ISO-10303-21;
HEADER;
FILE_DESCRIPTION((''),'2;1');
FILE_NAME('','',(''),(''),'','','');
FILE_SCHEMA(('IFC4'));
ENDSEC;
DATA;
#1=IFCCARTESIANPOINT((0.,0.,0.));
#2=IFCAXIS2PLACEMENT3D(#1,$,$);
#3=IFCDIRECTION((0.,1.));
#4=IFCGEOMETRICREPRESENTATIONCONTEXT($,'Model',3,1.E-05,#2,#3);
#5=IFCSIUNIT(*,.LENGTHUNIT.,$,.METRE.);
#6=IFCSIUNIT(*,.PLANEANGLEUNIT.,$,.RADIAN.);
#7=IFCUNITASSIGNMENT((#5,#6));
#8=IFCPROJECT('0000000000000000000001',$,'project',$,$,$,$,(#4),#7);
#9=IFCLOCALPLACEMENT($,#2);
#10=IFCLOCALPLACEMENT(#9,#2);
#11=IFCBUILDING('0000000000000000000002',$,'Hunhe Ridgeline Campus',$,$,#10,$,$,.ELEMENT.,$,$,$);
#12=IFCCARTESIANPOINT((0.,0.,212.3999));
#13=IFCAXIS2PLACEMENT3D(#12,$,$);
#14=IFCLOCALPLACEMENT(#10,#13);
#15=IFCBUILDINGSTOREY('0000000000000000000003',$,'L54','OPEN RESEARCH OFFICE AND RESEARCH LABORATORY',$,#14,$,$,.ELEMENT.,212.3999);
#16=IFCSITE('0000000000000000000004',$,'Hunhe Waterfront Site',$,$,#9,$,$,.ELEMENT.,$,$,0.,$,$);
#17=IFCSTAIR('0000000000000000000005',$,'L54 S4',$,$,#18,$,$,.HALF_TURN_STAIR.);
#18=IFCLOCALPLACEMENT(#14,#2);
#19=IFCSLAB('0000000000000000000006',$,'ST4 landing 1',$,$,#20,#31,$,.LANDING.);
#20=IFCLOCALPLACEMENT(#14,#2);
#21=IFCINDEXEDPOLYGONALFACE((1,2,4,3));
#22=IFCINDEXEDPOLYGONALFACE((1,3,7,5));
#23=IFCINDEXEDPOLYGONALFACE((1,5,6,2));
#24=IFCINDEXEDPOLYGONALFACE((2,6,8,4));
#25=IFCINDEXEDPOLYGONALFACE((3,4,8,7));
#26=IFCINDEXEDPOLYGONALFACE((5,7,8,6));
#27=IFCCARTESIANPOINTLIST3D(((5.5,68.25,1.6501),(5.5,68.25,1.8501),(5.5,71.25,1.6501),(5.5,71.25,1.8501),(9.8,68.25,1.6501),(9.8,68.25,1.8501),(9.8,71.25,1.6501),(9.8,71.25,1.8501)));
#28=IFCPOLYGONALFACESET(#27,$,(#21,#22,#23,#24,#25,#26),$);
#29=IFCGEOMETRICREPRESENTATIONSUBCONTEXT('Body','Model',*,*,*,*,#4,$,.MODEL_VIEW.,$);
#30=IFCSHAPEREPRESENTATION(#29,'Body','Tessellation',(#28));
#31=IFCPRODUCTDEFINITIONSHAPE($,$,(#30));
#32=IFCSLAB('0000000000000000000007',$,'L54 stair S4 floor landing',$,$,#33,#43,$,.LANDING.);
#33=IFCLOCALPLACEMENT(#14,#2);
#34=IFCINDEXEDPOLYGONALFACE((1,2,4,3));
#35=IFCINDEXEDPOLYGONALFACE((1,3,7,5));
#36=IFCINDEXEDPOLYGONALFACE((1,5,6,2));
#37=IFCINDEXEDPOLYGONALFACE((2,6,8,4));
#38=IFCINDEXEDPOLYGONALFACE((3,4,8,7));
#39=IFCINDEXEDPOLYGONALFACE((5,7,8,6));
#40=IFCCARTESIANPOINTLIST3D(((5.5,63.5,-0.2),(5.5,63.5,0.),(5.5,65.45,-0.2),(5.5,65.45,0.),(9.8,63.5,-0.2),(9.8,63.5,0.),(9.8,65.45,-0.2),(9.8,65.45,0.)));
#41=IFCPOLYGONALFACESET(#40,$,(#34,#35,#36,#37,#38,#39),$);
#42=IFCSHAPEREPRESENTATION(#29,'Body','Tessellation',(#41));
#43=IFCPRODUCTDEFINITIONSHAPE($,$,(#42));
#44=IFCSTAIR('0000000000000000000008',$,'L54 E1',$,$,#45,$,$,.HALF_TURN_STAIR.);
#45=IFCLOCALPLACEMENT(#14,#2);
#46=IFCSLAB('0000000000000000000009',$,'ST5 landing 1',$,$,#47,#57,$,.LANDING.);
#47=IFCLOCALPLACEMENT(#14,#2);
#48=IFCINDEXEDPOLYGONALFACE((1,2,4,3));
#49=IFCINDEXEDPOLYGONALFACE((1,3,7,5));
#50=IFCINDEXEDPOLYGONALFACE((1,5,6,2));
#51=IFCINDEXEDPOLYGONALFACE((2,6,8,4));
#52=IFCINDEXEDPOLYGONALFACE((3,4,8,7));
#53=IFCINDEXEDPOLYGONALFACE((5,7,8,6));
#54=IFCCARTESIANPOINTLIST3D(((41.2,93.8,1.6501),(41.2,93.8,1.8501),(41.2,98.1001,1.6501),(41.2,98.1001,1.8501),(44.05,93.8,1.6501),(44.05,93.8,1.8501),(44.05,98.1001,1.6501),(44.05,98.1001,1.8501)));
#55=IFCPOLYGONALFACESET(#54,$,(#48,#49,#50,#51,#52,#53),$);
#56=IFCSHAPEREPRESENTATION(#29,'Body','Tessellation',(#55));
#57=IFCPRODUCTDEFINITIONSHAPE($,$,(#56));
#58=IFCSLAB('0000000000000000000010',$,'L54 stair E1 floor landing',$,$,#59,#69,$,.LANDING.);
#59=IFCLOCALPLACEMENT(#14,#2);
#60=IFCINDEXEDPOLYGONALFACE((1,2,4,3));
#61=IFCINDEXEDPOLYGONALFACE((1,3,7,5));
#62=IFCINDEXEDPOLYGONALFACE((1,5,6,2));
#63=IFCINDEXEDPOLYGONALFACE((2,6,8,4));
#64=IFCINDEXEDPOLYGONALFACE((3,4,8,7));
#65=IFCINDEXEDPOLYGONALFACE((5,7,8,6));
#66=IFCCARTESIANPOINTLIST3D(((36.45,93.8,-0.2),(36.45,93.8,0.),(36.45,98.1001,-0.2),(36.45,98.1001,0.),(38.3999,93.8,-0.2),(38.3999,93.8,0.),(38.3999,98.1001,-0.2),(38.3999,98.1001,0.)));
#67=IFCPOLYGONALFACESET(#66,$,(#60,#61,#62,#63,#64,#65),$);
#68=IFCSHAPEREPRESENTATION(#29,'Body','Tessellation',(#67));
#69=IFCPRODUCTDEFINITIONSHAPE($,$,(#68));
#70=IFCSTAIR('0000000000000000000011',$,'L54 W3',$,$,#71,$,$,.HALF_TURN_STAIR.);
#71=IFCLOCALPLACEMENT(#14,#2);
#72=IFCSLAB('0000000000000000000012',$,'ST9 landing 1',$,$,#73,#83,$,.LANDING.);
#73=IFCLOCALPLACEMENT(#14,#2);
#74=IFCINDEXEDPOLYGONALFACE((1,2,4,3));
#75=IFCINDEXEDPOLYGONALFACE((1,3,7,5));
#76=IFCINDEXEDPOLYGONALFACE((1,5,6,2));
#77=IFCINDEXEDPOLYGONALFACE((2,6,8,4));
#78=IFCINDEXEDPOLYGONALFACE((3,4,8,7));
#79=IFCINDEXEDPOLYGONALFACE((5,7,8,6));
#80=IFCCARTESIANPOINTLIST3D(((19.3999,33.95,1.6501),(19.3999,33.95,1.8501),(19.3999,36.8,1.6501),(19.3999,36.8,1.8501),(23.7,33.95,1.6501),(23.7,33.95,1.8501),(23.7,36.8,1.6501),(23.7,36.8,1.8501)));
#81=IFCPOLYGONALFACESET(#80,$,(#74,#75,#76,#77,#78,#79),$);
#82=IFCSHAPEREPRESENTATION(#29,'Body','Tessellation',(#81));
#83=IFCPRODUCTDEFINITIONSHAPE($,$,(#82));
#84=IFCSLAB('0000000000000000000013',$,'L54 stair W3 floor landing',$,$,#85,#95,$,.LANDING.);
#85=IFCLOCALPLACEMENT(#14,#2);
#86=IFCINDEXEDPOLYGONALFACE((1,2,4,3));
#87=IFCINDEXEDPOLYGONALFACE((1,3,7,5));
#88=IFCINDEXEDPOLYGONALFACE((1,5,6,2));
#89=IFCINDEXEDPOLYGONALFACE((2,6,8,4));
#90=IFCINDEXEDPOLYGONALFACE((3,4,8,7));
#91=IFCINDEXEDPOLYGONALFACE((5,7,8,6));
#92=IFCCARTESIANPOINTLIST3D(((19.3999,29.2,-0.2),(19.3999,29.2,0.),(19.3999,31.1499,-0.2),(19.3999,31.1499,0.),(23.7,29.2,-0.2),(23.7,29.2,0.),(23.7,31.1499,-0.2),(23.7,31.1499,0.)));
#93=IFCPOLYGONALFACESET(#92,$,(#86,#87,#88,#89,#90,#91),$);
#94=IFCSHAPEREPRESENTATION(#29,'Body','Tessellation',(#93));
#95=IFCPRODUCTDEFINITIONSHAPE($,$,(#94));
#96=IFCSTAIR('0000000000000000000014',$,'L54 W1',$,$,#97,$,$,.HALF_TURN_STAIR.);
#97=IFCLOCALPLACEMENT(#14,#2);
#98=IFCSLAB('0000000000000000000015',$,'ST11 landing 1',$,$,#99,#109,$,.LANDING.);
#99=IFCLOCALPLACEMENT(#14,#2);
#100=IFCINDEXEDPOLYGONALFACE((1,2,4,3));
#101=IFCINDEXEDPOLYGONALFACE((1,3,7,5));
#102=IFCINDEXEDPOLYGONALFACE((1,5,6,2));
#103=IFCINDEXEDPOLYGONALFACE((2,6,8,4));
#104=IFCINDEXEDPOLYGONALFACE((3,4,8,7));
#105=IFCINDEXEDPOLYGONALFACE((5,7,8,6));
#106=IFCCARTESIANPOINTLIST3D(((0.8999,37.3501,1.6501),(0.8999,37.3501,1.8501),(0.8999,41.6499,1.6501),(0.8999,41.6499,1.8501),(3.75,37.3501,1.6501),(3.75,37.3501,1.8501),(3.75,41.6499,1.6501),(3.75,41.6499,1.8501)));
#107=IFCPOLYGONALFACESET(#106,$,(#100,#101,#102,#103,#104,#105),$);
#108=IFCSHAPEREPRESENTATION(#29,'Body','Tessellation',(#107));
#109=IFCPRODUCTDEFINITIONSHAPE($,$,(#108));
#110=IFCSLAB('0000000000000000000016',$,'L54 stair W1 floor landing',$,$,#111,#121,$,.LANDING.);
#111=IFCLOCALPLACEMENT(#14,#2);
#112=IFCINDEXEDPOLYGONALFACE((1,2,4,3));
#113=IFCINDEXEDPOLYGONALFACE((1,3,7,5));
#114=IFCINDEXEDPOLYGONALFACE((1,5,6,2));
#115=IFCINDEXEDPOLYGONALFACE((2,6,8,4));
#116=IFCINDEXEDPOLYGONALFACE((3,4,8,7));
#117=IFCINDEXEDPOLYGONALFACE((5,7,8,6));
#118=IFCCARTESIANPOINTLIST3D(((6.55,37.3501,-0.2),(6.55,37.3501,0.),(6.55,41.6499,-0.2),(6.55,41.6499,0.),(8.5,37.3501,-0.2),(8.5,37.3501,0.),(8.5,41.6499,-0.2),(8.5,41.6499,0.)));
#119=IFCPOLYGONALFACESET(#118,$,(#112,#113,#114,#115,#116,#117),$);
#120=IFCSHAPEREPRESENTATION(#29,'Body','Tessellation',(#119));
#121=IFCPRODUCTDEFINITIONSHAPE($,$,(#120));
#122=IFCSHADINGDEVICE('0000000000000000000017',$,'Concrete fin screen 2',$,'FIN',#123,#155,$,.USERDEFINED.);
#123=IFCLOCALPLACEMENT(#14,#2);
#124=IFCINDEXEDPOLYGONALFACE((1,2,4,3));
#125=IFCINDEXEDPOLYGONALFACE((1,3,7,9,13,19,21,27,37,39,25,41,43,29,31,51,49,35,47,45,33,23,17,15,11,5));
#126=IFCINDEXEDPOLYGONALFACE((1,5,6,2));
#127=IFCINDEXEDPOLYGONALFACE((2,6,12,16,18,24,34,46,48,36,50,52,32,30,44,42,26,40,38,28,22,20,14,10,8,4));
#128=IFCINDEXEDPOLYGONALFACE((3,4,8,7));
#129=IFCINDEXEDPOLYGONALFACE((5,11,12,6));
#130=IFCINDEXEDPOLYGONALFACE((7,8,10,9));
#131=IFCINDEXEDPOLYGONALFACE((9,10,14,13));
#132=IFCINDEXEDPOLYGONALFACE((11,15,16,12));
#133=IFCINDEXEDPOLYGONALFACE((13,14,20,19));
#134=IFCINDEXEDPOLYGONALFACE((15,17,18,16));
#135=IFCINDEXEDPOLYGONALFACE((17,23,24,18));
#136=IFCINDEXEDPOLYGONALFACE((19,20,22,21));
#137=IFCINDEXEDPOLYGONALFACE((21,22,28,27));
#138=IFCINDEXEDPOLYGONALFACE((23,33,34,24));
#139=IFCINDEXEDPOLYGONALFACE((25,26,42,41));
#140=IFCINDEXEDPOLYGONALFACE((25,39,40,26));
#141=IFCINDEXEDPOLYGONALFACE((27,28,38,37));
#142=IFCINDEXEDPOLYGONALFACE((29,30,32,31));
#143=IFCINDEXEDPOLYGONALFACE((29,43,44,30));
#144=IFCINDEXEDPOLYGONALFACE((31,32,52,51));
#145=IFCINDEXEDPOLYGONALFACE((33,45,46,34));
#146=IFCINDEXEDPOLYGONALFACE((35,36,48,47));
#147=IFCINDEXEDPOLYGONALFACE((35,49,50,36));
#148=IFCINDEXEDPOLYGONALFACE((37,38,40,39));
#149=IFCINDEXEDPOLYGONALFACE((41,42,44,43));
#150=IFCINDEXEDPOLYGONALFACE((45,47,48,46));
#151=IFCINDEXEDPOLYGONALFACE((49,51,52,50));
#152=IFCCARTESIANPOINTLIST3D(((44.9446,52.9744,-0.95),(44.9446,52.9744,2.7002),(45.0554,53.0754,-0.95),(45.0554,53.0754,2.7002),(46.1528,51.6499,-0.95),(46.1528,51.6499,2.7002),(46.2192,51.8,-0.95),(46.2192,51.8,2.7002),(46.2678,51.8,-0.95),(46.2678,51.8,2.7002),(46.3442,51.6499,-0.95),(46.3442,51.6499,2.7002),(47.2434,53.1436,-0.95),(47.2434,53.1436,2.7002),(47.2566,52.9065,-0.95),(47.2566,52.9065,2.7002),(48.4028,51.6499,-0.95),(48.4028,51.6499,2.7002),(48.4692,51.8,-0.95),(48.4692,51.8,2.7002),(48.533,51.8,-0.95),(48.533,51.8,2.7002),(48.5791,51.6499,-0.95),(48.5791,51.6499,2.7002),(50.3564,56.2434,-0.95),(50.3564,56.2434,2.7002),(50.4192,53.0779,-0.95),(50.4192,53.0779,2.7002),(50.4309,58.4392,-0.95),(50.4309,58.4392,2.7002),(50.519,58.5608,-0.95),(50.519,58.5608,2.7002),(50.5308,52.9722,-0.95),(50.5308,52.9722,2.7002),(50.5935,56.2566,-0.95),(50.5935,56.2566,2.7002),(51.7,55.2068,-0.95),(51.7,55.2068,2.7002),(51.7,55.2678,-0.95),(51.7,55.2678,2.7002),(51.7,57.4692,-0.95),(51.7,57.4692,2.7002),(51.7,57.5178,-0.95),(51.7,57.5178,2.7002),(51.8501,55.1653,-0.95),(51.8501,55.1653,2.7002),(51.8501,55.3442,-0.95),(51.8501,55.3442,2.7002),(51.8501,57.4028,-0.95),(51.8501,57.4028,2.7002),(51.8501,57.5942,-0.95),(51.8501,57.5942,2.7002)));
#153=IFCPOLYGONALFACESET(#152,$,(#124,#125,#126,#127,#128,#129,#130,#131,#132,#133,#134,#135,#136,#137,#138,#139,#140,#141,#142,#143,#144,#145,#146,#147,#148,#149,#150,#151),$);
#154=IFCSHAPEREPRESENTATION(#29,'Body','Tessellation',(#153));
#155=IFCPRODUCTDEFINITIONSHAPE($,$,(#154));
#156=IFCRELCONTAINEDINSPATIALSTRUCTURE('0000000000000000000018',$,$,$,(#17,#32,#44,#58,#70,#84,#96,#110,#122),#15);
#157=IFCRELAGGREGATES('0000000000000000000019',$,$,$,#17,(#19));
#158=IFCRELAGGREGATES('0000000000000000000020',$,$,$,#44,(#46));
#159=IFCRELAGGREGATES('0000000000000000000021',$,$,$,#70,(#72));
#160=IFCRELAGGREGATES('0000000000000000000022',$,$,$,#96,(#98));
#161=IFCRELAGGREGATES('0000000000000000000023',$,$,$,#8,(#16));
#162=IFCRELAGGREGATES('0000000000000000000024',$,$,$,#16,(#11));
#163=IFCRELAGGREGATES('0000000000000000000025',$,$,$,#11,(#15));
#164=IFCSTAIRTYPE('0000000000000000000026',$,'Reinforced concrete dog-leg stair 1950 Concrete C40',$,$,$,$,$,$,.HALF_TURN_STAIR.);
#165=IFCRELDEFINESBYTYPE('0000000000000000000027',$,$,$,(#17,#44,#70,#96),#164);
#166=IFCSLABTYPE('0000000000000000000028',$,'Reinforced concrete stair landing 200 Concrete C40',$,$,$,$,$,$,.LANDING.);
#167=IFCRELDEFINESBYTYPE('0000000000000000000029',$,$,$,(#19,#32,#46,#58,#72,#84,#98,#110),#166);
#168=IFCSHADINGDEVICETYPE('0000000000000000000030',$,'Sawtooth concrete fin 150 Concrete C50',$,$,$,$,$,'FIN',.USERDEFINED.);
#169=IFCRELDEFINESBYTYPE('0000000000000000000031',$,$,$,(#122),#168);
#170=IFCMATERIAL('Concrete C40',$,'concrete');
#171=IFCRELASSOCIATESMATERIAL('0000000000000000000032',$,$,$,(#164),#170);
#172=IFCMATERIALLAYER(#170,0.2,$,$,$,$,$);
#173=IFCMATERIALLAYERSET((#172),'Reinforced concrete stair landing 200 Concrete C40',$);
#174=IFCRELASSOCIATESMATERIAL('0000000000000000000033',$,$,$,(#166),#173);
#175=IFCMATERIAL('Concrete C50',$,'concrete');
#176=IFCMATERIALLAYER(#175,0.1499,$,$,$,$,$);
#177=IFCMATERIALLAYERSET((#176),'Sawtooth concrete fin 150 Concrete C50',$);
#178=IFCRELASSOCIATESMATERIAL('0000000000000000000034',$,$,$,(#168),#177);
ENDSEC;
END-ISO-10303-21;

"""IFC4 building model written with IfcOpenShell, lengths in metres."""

from ifc_helpers import new_model, si_unit, direction, frame, origin, place, context, subcontext, project, spatial, polyline, outline, extrude, material, layer, layer_set, type_object, element, aggregate, save


model = new_model("IFC4")

# Units and contexts
model_context = context("Model", 3, precision=1e-05, world=origin(), true_north=direction((0.0, 1.0)))
body_context = subcontext(model_context, "Body", "Model", "MODEL_VIEW")
ifc_project = project(units=[si_unit("LENGTHUNIT", "METRE"), si_unit("PLANEANGLEUNIT", "RADIAN")], contexts=[model_context])

# Site, building, storey
site_placement = place(None, origin())
site = spatial("IfcSite", under=ifc_project, at=site_placement, Name="Hunhe Waterfront Site", CompositionType="ELEMENT", RefElevation=0.0)
building_placement = place(site_placement, origin())
building = spatial("IfcBuilding", under=site, at=building_placement, Name="Hunhe Ridgeline Campus", CompositionType="ELEMENT")
storey_placement = place(building_placement, frame((0.0, 0.0, 212.3999)))
storey = spatial("IfcBuildingStorey", under=building, at=storey_placement, Name="L54", Description="OPEN RESEARCH OFFICE AND RESEARCH LABORATORY", CompositionType="ELEMENT", Elevation=212.3999)

# Shared definitions
ifc_material_1 = material(Name="Concrete C40", Category="concrete")

# Shared definitions
stair_type = type_object("IfcStairType", Name="Reinforced concrete dog-leg stair 1950 Concrete C40", PredefinedType="HALF_TURN_STAIR", material=ifc_material_1)
ifc_layer_1 = layer(ifc_material_1, 0.2)
ifc_layer_set_1 = layer_set([ifc_layer_1], Name="Reinforced concrete stair landing 200 Concrete C40")
slab_type_1 = type_object("IfcSlabType", Name="Reinforced concrete stair landing 200 Concrete C40", PredefinedType="LANDING", material=ifc_layer_set_1)

# Stair, slab
stair_1_placement = place(storey_placement, origin())
stair_1 = element("IfcStair", 1, at=stair_1_placement, inside=storey, type_object=stair_type, Name="L54 S4", PredefinedType="HALF_TURN_STAIR")
slab_1_placement = place(storey_placement, frame((0.0, 0.0, 1.6501)))
slab_1 = element("IfcSlab", 2, at=slab_1_placement, type_object=slab_type_1, Name="ST4 landing 1", PredefinedType="LANDING", context=body_context, shape_type="SweptSolid", body=[
    extrude(outline(polyline([(9.8, 68.25), (9.8, 71.25), (5.5, 71.25), (5.5, 68.25), (9.8, 68.25)])), origin(), (0.0, 0.0, 1.0), 0.2),
])
aggregate(stair_1, [slab_1])

# Slab
slab_2_placement = place(storey_placement, frame((0.0, 0.0, -0.2)))
element("IfcSlab", 3, at=slab_2_placement, inside=storey, type_object=slab_type_1, Name="L54 stair S4 floor landing", PredefinedType="LANDING", context=body_context, shape_type="SweptSolid", body=[
    extrude(outline(polyline([(9.8, 63.5), (9.8, 65.45), (5.5, 65.45), (5.5, 63.5), (9.8, 63.5)])), origin(), (0.0, 0.0, 1.0), 0.2),
])

# Stair, slab
stair_2_placement = place(storey_placement, origin())
stair_2 = element("IfcStair", 4, at=stair_2_placement, inside=storey, type_object=stair_type, Name="L54 E1", PredefinedType="HALF_TURN_STAIR")
slab_3_placement = place(storey_placement, frame((0.0, 0.0, 1.6501)))
slab_3 = element("IfcSlab", 5, at=slab_3_placement, type_object=slab_type_1, Name="ST5 landing 1", PredefinedType="LANDING", context=body_context, shape_type="SweptSolid", body=[
    extrude(outline(polyline([(41.2, 93.8), (44.05, 93.8), (44.05, 98.1001), (41.2, 98.1001), (41.2, 93.8)])), origin(), (0.0, 0.0, 1.0), 0.2),
])
aggregate(stair_2, [slab_3])

# Slab
slab_4_placement = place(storey_placement, frame((0.0, 0.0, -0.2)))
element("IfcSlab", 6, at=slab_4_placement, inside=storey, type_object=slab_type_1, Name="L54 stair E1 floor landing", PredefinedType="LANDING", context=body_context, shape_type="SweptSolid", body=[
    extrude(outline(polyline([(36.45, 93.8), (38.3999, 93.8), (38.3999, 98.1001), (36.45, 98.1001), (36.45, 93.8)])), origin(), (0.0, 0.0, 1.0), 0.2),
])

# Stair, slab
stair_3_placement = place(storey_placement, origin())
stair_3 = element("IfcStair", 7, at=stair_3_placement, inside=storey, type_object=stair_type, Name="L54 W3", PredefinedType="HALF_TURN_STAIR")
slab_5_placement = place(storey_placement, frame((0.0, 0.0, 1.6501)))
slab_5 = element("IfcSlab", 8, at=slab_5_placement, type_object=slab_type_1, Name="ST9 landing 1", PredefinedType="LANDING", context=body_context, shape_type="SweptSolid", body=[
    extrude(outline(polyline([(23.7, 33.95), (23.7, 36.8), (19.3999, 36.8), (19.3999, 33.95), (23.7, 33.95)])), origin(), (0.0, 0.0, 1.0), 0.2),
])
aggregate(stair_3, [slab_5])

# Slab
slab_6_placement = place(storey_placement, frame((0.0, 0.0, -0.2)))
element("IfcSlab", 9, at=slab_6_placement, inside=storey, type_object=slab_type_1, Name="L54 stair W3 floor landing", PredefinedType="LANDING", context=body_context, shape_type="SweptSolid", body=[
    extrude(outline(polyline([(23.7, 29.2), (23.7, 31.1499), (19.3999, 31.1499), (19.3999, 29.2), (23.7, 29.2)])), origin(), (0.0, 0.0, 1.0), 0.2),
])

# Stair, slab
stair_4_placement = place(storey_placement, origin())
stair_4 = element("IfcStair", 10, at=stair_4_placement, inside=storey, type_object=stair_type, Name="L54 W1", PredefinedType="HALF_TURN_STAIR")
slab_7_placement = place(storey_placement, frame((0.0, 0.0, 1.6501)))
slab_7 = element("IfcSlab", 11, at=slab_7_placement, type_object=slab_type_1, Name="ST11 landing 1", PredefinedType="LANDING", context=body_context, shape_type="SweptSolid", body=[
    extrude(outline(polyline([(3.75, 41.6499), (0.8999, 41.6499), (0.8999, 37.3501), (3.75, 37.3501), (3.75, 41.6499)])), origin(), (0.0, 0.0, 1.0), 0.2),
])
aggregate(stair_4, [slab_7])

# Slab
slab_8_placement = place(storey_placement, frame((0.0, 0.0, -0.2)))
element("IfcSlab", 12, at=slab_8_placement, inside=storey, type_object=slab_type_1, Name="L54 stair W1 floor landing", PredefinedType="LANDING", context=body_context, shape_type="SweptSolid", body=[
    extrude(outline(polyline([(8.5, 41.6499), (6.55, 41.6499), (6.55, 37.3501), (8.5, 37.3501), (8.5, 41.6499)])), origin(), (0.0, 0.0, 1.0), 0.2),
])

# Shading device
ifc_material_2 = material(Name="Concrete C50", Category="concrete")
ifc_layer_2 = layer(ifc_material_2, 0.1499)
ifc_layer_set_2 = layer_set([ifc_layer_2], Name="Sawtooth concrete fin 150 Concrete C50")
shading_device_type = type_object("IfcShadingDeviceType", Name="Sawtooth concrete fin 150 Concrete C50", ElementType="FIN", PredefinedType="USERDEFINED", material=ifc_layer_set_2)
shading_device_1_placement = place(storey_placement, frame((0.0, 0.0, -0.95)))
element("IfcShadingDevice", 13, at=shading_device_1_placement, inside=storey, type_object=shading_device_type, Name="Concrete fin screen 2", ObjectType="FIN", PredefinedType="USERDEFINED", context=body_context, shape_type="SweptSolid", body=[
    extrude(outline(polyline([(45.0554, 53.0754), (44.9446, 52.9744), (46.1528, 51.6499), (46.3442, 51.6499), (47.2566, 52.9065), (48.4028, 51.6499), (48.5791, 51.6499), (50.5308, 52.9722), (51.8501, 55.1653), (51.8501, 55.3442), (50.5935, 56.2566), (51.8501, 57.4028), (51.8501, 57.5942), (50.519, 58.5608), (50.4309, 58.4392), (51.7, 57.5178), (51.7, 57.4692), (50.3564, 56.2434), (51.7, 55.2678), (51.7, 55.2068), (50.4192, 53.0779), (48.533, 51.8), (48.4692, 51.8), (47.2434, 53.1436), (46.2678, 51.8), (46.2192, 51.8), (45.0554, 53.0754)])), origin(), (0.0, 0.0, 1.0), 3.6501),
])

save(model, "model.ifc")
